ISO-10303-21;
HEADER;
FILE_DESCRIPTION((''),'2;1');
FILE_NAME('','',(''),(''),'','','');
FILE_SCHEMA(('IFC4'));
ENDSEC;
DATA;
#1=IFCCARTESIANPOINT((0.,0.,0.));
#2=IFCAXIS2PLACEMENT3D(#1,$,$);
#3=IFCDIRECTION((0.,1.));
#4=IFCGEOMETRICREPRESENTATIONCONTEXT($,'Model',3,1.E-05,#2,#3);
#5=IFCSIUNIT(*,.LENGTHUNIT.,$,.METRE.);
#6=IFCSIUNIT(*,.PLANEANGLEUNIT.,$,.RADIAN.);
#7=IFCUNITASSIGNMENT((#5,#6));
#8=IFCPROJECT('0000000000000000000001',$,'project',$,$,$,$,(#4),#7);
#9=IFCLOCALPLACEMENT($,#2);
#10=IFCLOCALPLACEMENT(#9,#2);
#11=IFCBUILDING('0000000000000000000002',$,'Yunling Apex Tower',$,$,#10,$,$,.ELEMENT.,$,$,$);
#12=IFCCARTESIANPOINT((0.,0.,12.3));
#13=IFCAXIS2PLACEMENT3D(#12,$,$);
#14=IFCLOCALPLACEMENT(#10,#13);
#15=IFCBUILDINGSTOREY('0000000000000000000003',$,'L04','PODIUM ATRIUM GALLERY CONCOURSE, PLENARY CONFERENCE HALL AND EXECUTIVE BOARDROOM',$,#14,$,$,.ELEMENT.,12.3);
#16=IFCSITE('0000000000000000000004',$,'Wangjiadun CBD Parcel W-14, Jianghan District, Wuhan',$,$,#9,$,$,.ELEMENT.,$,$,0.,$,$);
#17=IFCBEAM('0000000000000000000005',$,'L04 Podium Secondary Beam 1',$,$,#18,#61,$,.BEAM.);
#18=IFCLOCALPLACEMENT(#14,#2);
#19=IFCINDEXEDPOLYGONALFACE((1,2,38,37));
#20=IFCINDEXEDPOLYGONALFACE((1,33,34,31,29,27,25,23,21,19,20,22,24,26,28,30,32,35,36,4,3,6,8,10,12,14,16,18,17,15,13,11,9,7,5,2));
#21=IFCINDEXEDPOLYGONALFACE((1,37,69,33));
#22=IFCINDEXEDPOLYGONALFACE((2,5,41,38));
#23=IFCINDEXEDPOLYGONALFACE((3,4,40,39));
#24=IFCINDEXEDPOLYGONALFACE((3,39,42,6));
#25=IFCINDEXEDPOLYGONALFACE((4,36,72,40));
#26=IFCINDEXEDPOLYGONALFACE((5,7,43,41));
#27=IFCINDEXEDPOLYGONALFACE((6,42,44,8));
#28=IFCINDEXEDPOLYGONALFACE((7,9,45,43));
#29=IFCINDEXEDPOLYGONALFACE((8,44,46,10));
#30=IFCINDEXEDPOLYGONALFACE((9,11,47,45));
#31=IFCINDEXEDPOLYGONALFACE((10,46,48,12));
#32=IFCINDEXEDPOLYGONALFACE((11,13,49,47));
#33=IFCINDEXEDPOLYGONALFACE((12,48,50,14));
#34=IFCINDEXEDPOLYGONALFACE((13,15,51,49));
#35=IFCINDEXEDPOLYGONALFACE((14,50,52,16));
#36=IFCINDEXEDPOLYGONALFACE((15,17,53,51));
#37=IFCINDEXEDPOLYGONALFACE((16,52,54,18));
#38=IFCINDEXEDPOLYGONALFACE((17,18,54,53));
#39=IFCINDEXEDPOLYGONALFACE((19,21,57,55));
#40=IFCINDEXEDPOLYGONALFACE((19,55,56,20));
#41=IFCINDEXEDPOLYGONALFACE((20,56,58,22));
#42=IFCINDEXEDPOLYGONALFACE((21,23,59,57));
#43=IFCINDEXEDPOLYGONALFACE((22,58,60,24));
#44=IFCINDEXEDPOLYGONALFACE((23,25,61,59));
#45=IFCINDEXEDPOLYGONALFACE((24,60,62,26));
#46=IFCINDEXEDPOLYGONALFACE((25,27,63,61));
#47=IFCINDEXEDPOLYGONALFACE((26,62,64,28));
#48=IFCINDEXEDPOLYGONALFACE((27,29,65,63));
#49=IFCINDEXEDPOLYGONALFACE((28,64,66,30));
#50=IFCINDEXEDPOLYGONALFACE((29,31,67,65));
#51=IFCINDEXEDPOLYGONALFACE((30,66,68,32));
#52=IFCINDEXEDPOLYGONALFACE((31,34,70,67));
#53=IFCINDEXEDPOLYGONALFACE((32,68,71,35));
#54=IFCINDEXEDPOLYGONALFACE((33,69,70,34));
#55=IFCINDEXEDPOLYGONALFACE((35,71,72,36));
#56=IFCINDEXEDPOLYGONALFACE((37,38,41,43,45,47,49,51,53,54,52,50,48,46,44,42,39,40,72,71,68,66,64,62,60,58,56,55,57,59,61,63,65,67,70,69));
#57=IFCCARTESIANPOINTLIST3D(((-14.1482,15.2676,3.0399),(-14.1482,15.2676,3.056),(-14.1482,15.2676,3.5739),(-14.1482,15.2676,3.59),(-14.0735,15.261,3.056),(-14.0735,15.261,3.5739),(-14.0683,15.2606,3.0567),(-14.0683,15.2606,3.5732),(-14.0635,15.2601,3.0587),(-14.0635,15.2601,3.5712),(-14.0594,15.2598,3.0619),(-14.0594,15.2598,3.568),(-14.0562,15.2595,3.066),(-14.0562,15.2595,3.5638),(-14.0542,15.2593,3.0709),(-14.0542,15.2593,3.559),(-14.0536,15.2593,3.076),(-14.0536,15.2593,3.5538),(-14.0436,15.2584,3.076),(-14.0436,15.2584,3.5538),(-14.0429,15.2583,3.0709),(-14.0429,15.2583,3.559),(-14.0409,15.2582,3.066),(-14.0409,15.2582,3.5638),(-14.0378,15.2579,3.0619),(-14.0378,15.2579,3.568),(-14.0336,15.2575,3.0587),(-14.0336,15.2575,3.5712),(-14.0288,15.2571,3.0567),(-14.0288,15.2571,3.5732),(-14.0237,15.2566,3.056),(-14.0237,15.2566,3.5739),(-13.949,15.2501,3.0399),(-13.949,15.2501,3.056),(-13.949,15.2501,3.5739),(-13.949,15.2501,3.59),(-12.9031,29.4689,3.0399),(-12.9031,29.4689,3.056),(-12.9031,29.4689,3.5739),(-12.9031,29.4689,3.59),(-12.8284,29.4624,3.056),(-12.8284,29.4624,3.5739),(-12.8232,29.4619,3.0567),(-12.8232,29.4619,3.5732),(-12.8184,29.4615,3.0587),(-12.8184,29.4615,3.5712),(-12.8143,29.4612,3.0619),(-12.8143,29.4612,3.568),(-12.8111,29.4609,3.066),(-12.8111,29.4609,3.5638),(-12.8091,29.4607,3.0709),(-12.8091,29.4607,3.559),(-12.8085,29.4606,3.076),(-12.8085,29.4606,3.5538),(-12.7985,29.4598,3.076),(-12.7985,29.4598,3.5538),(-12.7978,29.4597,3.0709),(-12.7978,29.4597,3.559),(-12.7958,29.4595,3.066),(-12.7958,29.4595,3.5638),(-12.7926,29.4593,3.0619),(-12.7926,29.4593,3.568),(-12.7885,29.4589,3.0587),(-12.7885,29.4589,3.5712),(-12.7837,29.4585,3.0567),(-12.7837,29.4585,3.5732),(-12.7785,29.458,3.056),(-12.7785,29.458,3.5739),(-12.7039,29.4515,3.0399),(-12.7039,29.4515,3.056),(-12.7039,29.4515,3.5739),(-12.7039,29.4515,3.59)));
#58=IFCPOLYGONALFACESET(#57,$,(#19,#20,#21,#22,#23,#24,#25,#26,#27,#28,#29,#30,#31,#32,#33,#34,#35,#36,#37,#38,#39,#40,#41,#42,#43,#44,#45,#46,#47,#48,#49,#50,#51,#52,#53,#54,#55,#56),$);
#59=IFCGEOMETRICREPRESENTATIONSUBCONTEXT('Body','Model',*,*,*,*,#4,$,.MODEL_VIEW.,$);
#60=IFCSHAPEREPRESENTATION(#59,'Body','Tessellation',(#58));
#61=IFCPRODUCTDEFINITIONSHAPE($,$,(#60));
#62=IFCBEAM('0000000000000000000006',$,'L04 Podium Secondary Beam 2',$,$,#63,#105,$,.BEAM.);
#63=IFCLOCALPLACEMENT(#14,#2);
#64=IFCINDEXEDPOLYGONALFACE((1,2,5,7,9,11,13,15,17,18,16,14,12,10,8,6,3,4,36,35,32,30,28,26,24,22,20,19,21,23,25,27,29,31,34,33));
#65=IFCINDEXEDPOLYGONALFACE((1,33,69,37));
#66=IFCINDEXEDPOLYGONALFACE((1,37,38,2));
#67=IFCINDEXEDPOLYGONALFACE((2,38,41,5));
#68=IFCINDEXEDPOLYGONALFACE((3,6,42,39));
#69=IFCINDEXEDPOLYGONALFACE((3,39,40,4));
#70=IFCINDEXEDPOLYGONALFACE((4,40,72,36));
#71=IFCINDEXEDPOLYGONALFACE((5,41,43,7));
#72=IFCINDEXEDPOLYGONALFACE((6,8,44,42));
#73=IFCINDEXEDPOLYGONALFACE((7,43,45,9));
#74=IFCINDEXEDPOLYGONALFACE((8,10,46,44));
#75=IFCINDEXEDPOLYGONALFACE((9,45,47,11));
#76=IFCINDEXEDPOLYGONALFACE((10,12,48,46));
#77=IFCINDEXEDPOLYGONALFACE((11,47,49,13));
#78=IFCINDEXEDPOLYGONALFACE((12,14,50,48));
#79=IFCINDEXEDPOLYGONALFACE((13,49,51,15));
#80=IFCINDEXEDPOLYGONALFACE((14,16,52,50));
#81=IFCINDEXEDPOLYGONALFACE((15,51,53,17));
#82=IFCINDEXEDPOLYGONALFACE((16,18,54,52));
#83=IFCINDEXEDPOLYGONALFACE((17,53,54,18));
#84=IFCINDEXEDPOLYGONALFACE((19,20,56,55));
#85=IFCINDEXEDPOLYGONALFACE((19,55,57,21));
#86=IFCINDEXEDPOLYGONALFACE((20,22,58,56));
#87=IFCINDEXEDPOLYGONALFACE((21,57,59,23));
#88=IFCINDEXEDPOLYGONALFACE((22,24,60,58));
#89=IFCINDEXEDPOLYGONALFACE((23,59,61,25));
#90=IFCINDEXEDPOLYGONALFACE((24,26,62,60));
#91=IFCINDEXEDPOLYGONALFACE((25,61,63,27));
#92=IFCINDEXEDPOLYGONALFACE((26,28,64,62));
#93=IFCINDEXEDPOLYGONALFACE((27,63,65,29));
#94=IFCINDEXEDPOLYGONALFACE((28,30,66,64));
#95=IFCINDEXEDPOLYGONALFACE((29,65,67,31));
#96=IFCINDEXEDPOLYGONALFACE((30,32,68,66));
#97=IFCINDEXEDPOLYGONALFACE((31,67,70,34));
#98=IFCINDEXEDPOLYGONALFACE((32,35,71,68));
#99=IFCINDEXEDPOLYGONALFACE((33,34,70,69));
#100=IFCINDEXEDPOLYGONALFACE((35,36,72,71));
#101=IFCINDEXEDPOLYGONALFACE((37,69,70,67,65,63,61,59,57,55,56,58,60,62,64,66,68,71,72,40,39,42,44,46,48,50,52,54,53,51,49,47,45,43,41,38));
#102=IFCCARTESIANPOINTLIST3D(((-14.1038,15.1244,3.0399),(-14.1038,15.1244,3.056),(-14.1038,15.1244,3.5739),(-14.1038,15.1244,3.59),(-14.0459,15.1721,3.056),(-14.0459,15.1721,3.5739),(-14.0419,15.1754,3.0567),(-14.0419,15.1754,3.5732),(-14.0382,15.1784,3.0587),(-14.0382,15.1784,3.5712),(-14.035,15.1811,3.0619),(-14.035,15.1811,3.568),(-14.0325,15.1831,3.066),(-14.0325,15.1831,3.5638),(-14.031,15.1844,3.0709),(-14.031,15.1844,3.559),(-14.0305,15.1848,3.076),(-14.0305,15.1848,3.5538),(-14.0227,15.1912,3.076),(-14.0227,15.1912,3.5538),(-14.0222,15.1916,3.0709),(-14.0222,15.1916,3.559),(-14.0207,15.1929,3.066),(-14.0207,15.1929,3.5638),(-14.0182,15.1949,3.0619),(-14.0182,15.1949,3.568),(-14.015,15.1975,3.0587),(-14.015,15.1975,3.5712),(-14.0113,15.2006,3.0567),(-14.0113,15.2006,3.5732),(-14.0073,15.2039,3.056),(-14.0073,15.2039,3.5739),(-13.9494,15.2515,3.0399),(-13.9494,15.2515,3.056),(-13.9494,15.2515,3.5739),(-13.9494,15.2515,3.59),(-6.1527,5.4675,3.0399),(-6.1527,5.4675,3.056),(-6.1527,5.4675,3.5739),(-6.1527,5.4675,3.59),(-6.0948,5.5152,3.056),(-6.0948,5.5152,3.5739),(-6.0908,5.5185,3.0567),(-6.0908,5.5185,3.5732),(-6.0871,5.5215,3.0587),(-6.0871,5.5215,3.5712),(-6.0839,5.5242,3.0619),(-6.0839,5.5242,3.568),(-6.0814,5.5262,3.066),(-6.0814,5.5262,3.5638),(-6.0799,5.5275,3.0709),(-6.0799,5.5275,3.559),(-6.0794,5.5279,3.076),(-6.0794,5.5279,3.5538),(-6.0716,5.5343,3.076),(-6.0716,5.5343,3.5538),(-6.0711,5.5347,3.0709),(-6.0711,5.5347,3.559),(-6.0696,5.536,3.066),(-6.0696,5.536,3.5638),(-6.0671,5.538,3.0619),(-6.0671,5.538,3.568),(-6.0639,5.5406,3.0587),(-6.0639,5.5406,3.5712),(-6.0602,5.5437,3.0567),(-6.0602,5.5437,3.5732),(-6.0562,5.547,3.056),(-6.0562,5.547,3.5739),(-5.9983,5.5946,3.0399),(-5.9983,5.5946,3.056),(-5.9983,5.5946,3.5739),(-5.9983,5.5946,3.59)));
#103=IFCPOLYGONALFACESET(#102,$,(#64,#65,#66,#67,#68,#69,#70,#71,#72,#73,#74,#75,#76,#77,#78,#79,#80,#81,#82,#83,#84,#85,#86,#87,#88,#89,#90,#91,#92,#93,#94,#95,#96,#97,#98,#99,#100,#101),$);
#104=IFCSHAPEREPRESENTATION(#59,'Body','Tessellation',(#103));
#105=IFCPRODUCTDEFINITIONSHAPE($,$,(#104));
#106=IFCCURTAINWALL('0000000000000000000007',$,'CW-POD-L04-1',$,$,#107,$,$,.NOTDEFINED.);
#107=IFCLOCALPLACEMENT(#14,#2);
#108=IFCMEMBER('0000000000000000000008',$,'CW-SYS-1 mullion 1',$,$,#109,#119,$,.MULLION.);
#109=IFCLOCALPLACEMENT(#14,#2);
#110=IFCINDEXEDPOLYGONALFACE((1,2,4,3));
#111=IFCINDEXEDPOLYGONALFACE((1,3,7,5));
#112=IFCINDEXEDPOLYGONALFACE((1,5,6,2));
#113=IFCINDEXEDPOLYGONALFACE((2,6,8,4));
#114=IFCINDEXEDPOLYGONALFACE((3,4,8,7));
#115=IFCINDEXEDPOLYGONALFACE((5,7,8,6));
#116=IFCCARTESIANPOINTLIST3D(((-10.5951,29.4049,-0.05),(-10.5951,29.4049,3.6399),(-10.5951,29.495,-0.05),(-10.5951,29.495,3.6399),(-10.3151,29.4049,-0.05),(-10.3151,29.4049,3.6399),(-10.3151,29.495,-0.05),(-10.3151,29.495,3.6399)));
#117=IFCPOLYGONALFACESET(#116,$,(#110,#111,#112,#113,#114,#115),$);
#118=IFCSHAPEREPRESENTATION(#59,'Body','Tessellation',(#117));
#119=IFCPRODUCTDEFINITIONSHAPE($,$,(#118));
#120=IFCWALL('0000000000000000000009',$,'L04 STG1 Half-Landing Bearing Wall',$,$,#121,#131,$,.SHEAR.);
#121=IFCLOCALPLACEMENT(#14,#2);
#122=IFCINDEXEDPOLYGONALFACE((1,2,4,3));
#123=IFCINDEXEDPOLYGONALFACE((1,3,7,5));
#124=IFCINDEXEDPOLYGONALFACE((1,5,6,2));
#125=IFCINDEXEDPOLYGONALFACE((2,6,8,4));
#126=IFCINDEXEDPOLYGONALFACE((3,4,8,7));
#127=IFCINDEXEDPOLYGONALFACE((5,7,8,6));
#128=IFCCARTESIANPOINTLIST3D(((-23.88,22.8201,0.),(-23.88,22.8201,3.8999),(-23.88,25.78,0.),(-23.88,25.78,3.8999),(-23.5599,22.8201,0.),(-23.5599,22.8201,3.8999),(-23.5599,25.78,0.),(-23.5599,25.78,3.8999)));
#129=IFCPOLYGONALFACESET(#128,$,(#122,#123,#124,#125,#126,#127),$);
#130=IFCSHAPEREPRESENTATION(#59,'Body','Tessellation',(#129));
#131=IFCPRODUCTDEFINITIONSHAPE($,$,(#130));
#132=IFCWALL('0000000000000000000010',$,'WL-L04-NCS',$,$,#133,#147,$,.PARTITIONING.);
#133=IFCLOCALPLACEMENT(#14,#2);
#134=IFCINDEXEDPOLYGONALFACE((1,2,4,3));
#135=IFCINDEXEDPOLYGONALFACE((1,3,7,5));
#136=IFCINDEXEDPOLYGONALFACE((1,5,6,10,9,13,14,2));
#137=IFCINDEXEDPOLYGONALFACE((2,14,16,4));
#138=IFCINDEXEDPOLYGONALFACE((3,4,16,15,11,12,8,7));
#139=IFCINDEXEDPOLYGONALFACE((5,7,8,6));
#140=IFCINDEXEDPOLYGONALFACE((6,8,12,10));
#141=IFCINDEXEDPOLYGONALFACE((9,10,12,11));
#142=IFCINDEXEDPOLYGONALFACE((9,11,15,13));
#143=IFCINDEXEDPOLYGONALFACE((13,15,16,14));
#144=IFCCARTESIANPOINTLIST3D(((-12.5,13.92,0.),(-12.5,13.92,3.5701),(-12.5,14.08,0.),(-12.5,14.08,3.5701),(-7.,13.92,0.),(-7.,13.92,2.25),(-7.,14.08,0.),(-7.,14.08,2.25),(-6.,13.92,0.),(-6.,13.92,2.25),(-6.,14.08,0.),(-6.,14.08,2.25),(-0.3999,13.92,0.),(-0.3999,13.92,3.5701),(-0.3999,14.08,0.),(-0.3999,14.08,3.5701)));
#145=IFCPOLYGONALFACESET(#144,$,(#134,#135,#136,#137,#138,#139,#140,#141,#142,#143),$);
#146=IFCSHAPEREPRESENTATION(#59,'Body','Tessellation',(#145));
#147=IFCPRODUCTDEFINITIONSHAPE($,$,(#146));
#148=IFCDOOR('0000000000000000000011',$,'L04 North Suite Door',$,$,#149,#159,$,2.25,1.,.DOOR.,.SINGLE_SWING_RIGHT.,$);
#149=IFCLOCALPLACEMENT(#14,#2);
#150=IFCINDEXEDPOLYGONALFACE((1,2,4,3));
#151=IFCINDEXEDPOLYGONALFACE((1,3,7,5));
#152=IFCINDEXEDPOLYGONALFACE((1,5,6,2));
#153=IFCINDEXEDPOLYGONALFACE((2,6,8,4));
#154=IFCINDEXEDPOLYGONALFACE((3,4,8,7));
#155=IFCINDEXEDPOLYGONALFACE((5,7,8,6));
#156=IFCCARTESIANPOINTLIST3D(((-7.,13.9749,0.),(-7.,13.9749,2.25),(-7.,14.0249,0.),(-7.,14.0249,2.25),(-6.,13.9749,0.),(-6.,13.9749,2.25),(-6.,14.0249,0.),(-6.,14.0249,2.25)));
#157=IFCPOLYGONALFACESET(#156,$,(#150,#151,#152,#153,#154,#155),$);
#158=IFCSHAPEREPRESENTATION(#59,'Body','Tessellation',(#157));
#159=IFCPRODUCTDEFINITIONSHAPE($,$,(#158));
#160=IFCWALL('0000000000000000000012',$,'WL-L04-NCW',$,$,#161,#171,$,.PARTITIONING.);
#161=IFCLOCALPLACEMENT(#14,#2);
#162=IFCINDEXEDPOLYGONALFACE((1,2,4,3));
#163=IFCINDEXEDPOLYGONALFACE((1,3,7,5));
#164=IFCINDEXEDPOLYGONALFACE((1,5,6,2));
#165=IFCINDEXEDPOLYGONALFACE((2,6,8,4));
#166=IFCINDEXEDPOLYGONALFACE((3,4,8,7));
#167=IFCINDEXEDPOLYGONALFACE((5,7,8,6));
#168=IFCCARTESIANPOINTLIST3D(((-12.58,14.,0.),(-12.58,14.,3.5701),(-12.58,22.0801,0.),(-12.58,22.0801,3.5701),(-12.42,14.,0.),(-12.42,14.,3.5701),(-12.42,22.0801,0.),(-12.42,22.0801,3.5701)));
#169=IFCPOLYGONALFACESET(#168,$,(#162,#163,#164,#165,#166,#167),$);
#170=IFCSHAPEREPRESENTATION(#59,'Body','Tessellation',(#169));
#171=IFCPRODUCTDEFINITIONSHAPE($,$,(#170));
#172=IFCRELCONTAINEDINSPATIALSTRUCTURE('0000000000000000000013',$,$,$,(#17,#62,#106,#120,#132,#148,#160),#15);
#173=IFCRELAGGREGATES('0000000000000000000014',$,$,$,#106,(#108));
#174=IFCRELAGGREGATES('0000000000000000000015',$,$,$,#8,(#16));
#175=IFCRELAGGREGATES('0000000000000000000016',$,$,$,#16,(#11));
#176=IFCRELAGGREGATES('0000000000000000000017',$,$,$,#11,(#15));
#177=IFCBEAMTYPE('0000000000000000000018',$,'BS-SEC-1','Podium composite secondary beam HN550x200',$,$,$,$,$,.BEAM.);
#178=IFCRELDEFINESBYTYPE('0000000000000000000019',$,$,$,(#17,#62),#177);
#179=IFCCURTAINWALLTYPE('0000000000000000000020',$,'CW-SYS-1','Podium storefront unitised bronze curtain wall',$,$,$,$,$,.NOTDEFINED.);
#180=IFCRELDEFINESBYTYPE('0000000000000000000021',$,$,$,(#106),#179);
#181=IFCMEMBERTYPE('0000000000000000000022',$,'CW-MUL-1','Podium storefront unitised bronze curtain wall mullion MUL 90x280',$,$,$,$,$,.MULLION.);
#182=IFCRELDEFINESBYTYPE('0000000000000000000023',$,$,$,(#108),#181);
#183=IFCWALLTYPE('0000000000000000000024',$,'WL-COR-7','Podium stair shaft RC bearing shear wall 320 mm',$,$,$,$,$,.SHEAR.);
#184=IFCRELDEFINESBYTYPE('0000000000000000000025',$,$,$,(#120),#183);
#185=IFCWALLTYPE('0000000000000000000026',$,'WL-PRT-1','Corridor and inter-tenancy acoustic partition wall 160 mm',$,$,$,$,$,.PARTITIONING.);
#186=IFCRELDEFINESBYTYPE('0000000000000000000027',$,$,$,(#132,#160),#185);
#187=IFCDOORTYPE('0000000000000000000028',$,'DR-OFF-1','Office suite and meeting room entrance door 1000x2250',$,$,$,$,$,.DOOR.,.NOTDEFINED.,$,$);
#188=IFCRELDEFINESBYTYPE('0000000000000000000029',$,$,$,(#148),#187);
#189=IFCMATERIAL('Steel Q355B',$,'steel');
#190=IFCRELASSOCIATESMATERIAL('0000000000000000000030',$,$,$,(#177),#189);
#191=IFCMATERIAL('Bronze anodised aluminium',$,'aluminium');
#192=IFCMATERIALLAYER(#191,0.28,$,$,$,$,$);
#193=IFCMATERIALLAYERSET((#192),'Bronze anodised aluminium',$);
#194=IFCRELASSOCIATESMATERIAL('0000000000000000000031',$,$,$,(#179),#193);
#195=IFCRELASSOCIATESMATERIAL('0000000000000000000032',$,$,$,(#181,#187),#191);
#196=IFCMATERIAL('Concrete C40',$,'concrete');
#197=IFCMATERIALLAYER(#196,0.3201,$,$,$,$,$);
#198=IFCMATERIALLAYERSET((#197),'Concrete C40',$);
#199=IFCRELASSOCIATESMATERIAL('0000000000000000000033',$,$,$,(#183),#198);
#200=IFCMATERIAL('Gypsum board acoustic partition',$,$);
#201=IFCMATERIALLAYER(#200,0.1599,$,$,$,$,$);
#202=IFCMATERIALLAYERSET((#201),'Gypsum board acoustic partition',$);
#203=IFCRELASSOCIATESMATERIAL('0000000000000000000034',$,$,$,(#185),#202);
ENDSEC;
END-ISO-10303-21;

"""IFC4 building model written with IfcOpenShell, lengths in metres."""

from ifc_helpers import new_model, si_unit, direction, frame, frame_2d, origin, origin_2d, place, context, subcontext, project, spatial, rectangle, i_section, extrude, source, transform, mapped, material, layer, layer_set, material_profile, profile_set, type_object, element, fill, aggregate, save


model = new_model("IFC4")

# Units and contexts
model_context = context("Model", 3, precision=1e-05, world=origin(), true_north=direction((0.0, 1.0)))
body_context = subcontext(model_context, "Body", "Model", "MODEL_VIEW")
ifc_project = project(units=[si_unit("LENGTHUNIT", "METRE"), si_unit("PLANEANGLEUNIT", "RADIAN")], contexts=[model_context])

# Site, building, storey
site_placement = place(None, origin())
site = spatial("IfcSite", under=ifc_project, at=site_placement, Name="Wangjiadun CBD Parcel W-14, Jianghan District, Wuhan", CompositionType="ELEMENT", RefElevation=0.0)
building_placement = place(site_placement, origin())
building = spatial("IfcBuilding", under=site, at=building_placement, Name="Yunling Apex Tower", CompositionType="ELEMENT")
storey_placement = place(building_placement, frame((0.0, 0.0, 12.3)))
storey = spatial("IfcBuildingStorey", under=building, at=storey_placement, Name="L04", Description="PODIUM ATRIUM GALLERY CONCOURSE, PLENARY CONFERENCE HALL AND EXECUTIVE BOARDROOM", CompositionType="ELEMENT", Elevation=12.3)

# Beams
ifc_material_1 = material(Name="Steel Q355B", Category="steel")
ifc_material_profile_1 = material_profile(ifc_material_1, i_section(OverallWidth=0.2, OverallDepth=0.55, WebThickness=0.01, FlangeThickness=0.0161, FilletRadius=0.02, at=origin_2d()))
ifc_profile_set_1 = profile_set([ifc_material_profile_1], Name="Steel Q355B")
beam_type_1 = type_object("IfcBeamType", Name="BS-SEC-1", Description="Podium composite secondary beam HN550x200", PredefinedType="BEAM", material=ifc_profile_set_1)
shared_shape_1 = source(origin(), body_context, "Body", "SweptSolid", [
    extrude(i_section(OverallWidth=0.2, OverallDepth=0.55, WebThickness=0.01, FlangeThickness=0.0161, FilletRadius=0.02, at=origin_2d()), origin(), (0.0, 0.0, 1.0), 14.2559),
])
beam_1_placement = place(storey_placement, frame((-12.8035, 29.4602, 3.3149), z_axis=(-0.087341, -0.996179, 0.0), x_axis=(0.996179, -0.087341, 0.0)))
element("IfcBeam", 1, at=beam_1_placement, inside=storey, type_object=beam_type_1, Name="L04 Podium Secondary Beam 1", PredefinedType="BEAM", context=body_context, shape_type="MappedRepresentation", body=[
    mapped(shared_shape_1, transform((0.0, 0.0, 0.0), scale=1.0)),
])
shared_shape_2 = source(origin(), body_context, "Body", "SweptSolid", [
    extrude(i_section(OverallWidth=0.2, OverallDepth=0.55, WebThickness=0.01, FlangeThickness=0.0161, FilletRadius=0.02, at=origin_2d()), origin(), (0.0, 0.0, 1.0), 12.509),
])
beam_2_placement = place(storey_placement, frame((-14.0266, 15.188, 3.3149), z_axis=(0.635629, -0.771994, 0.0), x_axis=(0.771994, 0.635629, 0.0)))
element("IfcBeam", 2, at=beam_2_placement, inside=storey, type_object=beam_type_1, Name="L04 Podium Secondary Beam 2", PredefinedType="BEAM", context=body_context, shape_type="MappedRepresentation", body=[
    mapped(shared_shape_2, transform((0.0, 0.0, 0.0), scale=1.0)),
])

# Curtain wall, member
ifc_material_2 = material(Name="Bronze anodised aluminium", Category="aluminium")
ifc_layer_1 = layer(ifc_material_2, 0.28)
ifc_layer_set_1 = layer_set([ifc_layer_1], Name="Bronze anodised aluminium")
curtain_wall_type = type_object("IfcCurtainWallType", Name="CW-SYS-1", Description="Podium storefront unitised bronze curtain wall", PredefinedType="NOTDEFINED", material=ifc_layer_set_1)
curtain_wall_placement = place(storey_placement, origin())
curtain_wall = element("IfcCurtainWall", 3, at=curtain_wall_placement, inside=storey, type_object=curtain_wall_type, Name="CW-POD-L04-1", PredefinedType="NOTDEFINED")
ifc_material_profile_2 = material_profile(ifc_material_2, rectangle(XDim=0.0901, YDim=0.28, at=origin_2d()))
ifc_profile_set_2 = profile_set([ifc_material_profile_2], Name="Bronze anodised aluminium")
member_type = type_object("IfcMemberType", Name="CW-MUL-1", Description="Podium storefront unitised bronze curtain wall mullion MUL 90x280", PredefinedType="MULLION", material=ifc_profile_set_2)
shared_shape_3 = source(origin(), body_context, "Body", "SweptSolid", [
    extrude(rectangle(XDim=0.0901, YDim=0.28, at=origin_2d()), origin(), (0.0, 0.0, 1.0), 3.6899),
])
member_placement = place(storey_placement, frame((-10.4551, 29.45, -0.05), z_axis=(0.0, 0.0, 1.0), x_axis=(0.0, 1.0, 0.0)))
member = element("IfcMember", 4, at=member_placement, type_object=member_type, Name="CW-SYS-1 mullion 1", PredefinedType="MULLION", context=body_context, shape_type="MappedRepresentation", body=[
    mapped(shared_shape_3, transform((0.0, 0.0, 0.0), scale=1.0)),
])
aggregate(curtain_wall, [member])

# Wall
ifc_material_3 = material(Name="Concrete C40", Category="concrete")
ifc_layer_2 = layer(ifc_material_3, 0.3201)
ifc_layer_set_2 = layer_set([ifc_layer_2], Name="Concrete C40")
wall_type_1 = type_object("IfcWallType", Name="WL-COR-7", Description="Podium stair shaft RC bearing shear wall 320 mm", PredefinedType="SHEAR", material=ifc_layer_set_2)
wall_1_placement = place(storey_placement, frame((-23.72, 22.8201, 0.0), z_axis=(0.0, 0.0, 1.0), x_axis=(0.0, 1.0, 0.0)))
element("IfcWall", 5, at=wall_1_placement, inside=storey, type_object=wall_type_1, Name="L04 STG1 Half-Landing Bearing Wall", PredefinedType="SHEAR", context=body_context, shape_type="SweptSolid", body=[
    extrude(rectangle(XDim=2.96, YDim=0.3201, at=frame_2d((1.48, 0.0))), origin(), (0.0, 0.0, 1.0), 3.8999),
])

# Wall, opening, door
ifc_material_4 = material(Name="Gypsum board acoustic partition")
ifc_layer_3 = layer(ifc_material_4, 0.1599)
ifc_layer_set_3 = layer_set([ifc_layer_3], Name="Gypsum board acoustic partition")
wall_type_2 = type_object("IfcWallType", Name="WL-PRT-1", Description="Corridor and inter-tenancy acoustic partition wall 160 mm", PredefinedType="PARTITIONING", material=ifc_layer_set_3)
wall_2_placement = place(storey_placement, frame((-12.5, 14.0, 0.0), z_axis=(0.0, 0.0, 1.0), x_axis=(1.0, 0.0, 0.0)))
wall_2 = element("IfcWall", 6, at=wall_2_placement, inside=storey, type_object=wall_type_2, Name="WL-L04-NCS", PredefinedType="PARTITIONING", context=body_context, shape_type="SweptSolid", body=[
    extrude(rectangle(XDim=12.1001, YDim=0.1599, at=frame_2d((6.05, 0.0))), origin(), (0.0, 0.0, 1.0), 3.5701),
])
opening_1_placement = place(wall_2_placement, frame((5.5, 0.0, 0.0)))
opening_1 = element("IfcOpeningElement", 7, at=opening_1_placement, cuts=wall_2, PredefinedType="OPENING", context=body_context, shape_type="SweptSolid", body=[
    extrude(rectangle(XDim=1.0, YDim=2.25, at=frame_2d((0.5, 1.125))), frame((0.0, 0.0898, 0.0), z_axis=(0.0, -1.0, 0.0), x_axis=(1.0, 0.0, 0.0)), (0.0, 0.0, 1.0), 0.1799),
])
door_type_1 = type_object("IfcDoorType", Name="DR-OFF-1", Description="Office suite and meeting room entrance door 1000x2250", OperationType="NOTDEFINED", PredefinedType="DOOR", material=ifc_material_2)
door_1_placement = place(opening_1_placement, origin())
door_1 = element("IfcDoor", 8, at=door_1_placement, inside=storey, type_object=door_type_1, Name="L04 North Suite Door", OperationType="SINGLE_SWING_RIGHT", OverallHeight=2.25, OverallWidth=1.0, PredefinedType="DOOR", context=body_context, shape_type="SweptSolid", body=[
    extrude(rectangle(XDim=1.0, YDim=2.25, at=frame_2d((0.5, 1.125))), frame((0.0, 0.0249, 0.0), z_axis=(0.0, -1.0, 0.0), x_axis=(1.0, 0.0, 0.0)), (0.0, 0.0, 1.0), 0.05),
])
fill(opening_1, door_1)

# Wall
wall_3_placement = place(storey_placement, frame((-12.5, 14.0, 0.0), z_axis=(0.0, 0.0, 1.0), x_axis=(0.0, 1.0, 0.0)))
element("IfcWall", 9, at=wall_3_placement, inside=storey, type_object=wall_type_2, Name="WL-L04-NCW", PredefinedType="PARTITIONING", context=body_context, shape_type="SweptSolid", body=[
    extrude(rectangle(XDim=8.0801, YDim=0.1599, at=frame_2d((4.04, 0.0))), origin(), (0.0, 0.0, 1.0), 3.5701),
])

save(model, "model.ifc")
